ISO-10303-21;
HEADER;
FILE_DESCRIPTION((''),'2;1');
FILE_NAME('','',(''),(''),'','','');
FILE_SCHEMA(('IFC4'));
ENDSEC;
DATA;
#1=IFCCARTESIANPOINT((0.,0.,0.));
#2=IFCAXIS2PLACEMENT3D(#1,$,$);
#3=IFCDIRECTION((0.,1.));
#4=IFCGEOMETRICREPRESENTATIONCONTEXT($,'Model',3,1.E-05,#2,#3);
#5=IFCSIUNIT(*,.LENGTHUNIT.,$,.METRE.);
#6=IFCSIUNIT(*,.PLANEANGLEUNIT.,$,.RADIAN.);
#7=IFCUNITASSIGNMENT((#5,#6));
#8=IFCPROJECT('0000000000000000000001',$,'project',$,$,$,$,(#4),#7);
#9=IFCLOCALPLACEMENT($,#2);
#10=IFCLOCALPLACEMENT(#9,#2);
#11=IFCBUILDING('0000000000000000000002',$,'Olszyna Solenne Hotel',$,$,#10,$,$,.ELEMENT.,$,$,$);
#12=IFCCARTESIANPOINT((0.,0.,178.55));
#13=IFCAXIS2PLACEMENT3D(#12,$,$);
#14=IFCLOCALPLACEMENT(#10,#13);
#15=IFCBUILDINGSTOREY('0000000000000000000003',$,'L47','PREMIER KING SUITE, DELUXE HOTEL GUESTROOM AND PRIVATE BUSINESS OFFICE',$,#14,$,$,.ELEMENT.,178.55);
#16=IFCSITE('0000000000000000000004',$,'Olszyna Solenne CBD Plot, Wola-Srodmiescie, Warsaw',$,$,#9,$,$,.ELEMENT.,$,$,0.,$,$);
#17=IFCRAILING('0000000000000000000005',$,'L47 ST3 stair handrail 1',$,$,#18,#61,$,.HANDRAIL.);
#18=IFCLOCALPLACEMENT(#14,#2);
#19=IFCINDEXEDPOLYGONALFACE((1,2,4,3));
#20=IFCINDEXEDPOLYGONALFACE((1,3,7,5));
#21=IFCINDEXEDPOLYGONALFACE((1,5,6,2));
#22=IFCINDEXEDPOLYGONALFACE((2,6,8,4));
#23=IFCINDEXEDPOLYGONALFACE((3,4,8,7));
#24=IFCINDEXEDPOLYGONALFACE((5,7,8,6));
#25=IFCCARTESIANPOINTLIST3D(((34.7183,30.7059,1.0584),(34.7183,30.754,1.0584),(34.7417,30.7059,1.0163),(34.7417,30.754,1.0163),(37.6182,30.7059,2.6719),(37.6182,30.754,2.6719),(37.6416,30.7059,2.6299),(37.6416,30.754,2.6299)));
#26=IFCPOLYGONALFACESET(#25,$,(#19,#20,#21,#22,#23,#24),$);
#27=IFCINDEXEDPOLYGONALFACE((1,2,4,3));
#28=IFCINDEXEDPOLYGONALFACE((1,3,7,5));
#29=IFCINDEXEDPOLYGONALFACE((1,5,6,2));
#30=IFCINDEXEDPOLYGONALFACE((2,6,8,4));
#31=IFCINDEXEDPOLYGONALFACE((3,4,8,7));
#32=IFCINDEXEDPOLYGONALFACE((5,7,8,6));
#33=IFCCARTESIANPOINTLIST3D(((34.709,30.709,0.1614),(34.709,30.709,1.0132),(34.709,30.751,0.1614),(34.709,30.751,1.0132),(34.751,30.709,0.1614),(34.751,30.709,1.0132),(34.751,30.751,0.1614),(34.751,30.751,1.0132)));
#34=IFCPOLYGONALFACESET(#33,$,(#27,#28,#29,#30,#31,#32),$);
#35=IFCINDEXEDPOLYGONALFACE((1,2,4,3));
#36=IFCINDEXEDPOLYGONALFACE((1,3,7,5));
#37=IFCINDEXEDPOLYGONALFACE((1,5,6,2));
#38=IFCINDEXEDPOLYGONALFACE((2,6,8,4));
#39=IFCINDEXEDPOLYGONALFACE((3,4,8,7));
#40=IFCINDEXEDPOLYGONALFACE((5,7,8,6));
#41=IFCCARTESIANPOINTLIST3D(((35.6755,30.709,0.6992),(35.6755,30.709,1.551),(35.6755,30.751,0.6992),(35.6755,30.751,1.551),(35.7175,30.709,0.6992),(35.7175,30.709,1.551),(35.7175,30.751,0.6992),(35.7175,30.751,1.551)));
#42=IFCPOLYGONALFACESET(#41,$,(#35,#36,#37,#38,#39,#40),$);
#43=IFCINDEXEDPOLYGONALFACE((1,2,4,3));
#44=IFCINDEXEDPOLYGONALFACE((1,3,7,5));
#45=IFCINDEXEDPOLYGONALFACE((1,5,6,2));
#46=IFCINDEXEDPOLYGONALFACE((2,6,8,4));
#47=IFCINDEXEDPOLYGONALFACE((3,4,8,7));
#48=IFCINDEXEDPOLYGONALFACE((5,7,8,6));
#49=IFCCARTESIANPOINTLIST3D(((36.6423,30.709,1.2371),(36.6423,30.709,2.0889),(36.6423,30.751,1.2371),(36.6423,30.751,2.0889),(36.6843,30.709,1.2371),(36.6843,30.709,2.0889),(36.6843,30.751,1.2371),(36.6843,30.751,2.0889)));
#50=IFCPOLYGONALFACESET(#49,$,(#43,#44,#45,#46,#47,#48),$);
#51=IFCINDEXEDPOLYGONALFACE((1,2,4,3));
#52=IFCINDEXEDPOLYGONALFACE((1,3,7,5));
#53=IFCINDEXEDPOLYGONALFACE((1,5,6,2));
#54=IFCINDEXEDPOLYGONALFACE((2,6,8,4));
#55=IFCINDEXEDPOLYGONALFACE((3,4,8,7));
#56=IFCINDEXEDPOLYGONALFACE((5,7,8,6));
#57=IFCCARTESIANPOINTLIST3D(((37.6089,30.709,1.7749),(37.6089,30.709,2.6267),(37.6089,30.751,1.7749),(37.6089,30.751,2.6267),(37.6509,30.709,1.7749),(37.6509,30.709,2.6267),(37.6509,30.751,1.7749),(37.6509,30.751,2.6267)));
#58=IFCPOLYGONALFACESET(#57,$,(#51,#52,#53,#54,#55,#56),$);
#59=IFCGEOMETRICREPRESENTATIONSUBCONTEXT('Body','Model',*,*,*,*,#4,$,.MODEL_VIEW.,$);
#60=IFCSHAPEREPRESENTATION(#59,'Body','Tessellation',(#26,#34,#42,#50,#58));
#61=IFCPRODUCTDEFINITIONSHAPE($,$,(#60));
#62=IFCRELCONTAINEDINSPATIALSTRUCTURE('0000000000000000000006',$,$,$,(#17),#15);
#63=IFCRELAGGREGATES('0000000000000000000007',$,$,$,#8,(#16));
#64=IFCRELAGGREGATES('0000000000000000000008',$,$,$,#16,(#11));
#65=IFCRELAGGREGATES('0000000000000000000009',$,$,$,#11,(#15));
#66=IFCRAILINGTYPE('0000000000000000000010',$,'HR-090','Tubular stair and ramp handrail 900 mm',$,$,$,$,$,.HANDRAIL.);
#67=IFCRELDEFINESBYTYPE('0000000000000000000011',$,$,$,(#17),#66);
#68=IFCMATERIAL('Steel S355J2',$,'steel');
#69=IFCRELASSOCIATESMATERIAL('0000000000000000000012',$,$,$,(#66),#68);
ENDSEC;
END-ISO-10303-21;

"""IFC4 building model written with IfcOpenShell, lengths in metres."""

from ifc_helpers import new_model, si_unit, direction, frame, origin, origin_2d, place, context, subcontext, project, spatial, rectangle, extrude, material, type_object, element, save


model = new_model("IFC4")

# Units and contexts
model_context = context("Model", 3, precision=1e-05, world=origin(), true_north=direction((0.0, 1.0)))
body_context = subcontext(model_context, "Body", "Model", "MODEL_VIEW")
ifc_project = project(units=[si_unit("LENGTHUNIT", "METRE"), si_unit("PLANEANGLEUNIT", "RADIAN")], contexts=[model_context])

# Site, building, storey
site_placement = place(None, origin())
site = spatial("IfcSite", under=ifc_project, at=site_placement, Name="Olszyna Solenne CBD Plot, Wola-Srodmiescie, Warsaw", CompositionType="ELEMENT", RefElevation=0.0)
building_placement = place(site_placement, origin())
building = spatial("IfcBuilding", under=site, at=building_placement, Name="Olszyna Solenne Hotel", CompositionType="ELEMENT")
storey_placement = place(building_placement, frame((0.0, 0.0, 178.55)))
storey = spatial("IfcBuildingStorey", under=building, at=storey_placement, Name="L47", Description="PREMIER KING SUITE, DELUXE HOTEL GUESTROOM AND PRIVATE BUSINESS OFFICE", CompositionType="ELEMENT", Elevation=178.55)

# Shared definitions
ifc_material_1 = material(Name="Steel S355J2", Category="steel")

# Railing
railing_type_1 = type_object("IfcRailingType", Name="HR-090", Description="Tubular stair and ramp handrail 900 mm", PredefinedType="HANDRAIL", material=ifc_material_1)
railing_1_placement = place(storey_placement, frame((34.73, 30.73, 0.1614)))
element("IfcRailing", 1, at=railing_1_placement, inside=storey, type_object=railing_type_1, Name="L47 ST3 stair handrail 1", PredefinedType="HANDRAIL", context=body_context, shape_type="SweptSolid", body=[
    extrude(rectangle(XDim=0.0481, YDim=0.0481, at=origin_2d()), frame((0.0, 0.0, 0.876), z_axis=(0.873841, 0.0, 0.486211), x_axis=(0.0, 1.0, 0.0)), (0.0, 0.0, 1.0), 3.3186),
    extrude(rectangle(XDim=0.042, YDim=0.042, at=origin_2d()), origin(), (0.0, 0.0, 1.0), 0.8518),
    extrude(rectangle(XDim=0.042, YDim=0.042, at=origin_2d()), frame((0.9666, 0.0, 0.5378)), (0.0, 0.0, 1.0), 0.8518),
    extrude(rectangle(XDim=0.042, YDim=0.042, at=origin_2d()), frame((1.9333, 0.0, 1.0757)), (0.0, 0.0, 1.0), 0.8518),
    extrude(rectangle(XDim=0.042, YDim=0.042, at=origin_2d()), frame((2.8999, 0.0, 1.6135)), (0.0, 0.0, 1.0), 0.8518),
])

save(model, "model.ifc")
